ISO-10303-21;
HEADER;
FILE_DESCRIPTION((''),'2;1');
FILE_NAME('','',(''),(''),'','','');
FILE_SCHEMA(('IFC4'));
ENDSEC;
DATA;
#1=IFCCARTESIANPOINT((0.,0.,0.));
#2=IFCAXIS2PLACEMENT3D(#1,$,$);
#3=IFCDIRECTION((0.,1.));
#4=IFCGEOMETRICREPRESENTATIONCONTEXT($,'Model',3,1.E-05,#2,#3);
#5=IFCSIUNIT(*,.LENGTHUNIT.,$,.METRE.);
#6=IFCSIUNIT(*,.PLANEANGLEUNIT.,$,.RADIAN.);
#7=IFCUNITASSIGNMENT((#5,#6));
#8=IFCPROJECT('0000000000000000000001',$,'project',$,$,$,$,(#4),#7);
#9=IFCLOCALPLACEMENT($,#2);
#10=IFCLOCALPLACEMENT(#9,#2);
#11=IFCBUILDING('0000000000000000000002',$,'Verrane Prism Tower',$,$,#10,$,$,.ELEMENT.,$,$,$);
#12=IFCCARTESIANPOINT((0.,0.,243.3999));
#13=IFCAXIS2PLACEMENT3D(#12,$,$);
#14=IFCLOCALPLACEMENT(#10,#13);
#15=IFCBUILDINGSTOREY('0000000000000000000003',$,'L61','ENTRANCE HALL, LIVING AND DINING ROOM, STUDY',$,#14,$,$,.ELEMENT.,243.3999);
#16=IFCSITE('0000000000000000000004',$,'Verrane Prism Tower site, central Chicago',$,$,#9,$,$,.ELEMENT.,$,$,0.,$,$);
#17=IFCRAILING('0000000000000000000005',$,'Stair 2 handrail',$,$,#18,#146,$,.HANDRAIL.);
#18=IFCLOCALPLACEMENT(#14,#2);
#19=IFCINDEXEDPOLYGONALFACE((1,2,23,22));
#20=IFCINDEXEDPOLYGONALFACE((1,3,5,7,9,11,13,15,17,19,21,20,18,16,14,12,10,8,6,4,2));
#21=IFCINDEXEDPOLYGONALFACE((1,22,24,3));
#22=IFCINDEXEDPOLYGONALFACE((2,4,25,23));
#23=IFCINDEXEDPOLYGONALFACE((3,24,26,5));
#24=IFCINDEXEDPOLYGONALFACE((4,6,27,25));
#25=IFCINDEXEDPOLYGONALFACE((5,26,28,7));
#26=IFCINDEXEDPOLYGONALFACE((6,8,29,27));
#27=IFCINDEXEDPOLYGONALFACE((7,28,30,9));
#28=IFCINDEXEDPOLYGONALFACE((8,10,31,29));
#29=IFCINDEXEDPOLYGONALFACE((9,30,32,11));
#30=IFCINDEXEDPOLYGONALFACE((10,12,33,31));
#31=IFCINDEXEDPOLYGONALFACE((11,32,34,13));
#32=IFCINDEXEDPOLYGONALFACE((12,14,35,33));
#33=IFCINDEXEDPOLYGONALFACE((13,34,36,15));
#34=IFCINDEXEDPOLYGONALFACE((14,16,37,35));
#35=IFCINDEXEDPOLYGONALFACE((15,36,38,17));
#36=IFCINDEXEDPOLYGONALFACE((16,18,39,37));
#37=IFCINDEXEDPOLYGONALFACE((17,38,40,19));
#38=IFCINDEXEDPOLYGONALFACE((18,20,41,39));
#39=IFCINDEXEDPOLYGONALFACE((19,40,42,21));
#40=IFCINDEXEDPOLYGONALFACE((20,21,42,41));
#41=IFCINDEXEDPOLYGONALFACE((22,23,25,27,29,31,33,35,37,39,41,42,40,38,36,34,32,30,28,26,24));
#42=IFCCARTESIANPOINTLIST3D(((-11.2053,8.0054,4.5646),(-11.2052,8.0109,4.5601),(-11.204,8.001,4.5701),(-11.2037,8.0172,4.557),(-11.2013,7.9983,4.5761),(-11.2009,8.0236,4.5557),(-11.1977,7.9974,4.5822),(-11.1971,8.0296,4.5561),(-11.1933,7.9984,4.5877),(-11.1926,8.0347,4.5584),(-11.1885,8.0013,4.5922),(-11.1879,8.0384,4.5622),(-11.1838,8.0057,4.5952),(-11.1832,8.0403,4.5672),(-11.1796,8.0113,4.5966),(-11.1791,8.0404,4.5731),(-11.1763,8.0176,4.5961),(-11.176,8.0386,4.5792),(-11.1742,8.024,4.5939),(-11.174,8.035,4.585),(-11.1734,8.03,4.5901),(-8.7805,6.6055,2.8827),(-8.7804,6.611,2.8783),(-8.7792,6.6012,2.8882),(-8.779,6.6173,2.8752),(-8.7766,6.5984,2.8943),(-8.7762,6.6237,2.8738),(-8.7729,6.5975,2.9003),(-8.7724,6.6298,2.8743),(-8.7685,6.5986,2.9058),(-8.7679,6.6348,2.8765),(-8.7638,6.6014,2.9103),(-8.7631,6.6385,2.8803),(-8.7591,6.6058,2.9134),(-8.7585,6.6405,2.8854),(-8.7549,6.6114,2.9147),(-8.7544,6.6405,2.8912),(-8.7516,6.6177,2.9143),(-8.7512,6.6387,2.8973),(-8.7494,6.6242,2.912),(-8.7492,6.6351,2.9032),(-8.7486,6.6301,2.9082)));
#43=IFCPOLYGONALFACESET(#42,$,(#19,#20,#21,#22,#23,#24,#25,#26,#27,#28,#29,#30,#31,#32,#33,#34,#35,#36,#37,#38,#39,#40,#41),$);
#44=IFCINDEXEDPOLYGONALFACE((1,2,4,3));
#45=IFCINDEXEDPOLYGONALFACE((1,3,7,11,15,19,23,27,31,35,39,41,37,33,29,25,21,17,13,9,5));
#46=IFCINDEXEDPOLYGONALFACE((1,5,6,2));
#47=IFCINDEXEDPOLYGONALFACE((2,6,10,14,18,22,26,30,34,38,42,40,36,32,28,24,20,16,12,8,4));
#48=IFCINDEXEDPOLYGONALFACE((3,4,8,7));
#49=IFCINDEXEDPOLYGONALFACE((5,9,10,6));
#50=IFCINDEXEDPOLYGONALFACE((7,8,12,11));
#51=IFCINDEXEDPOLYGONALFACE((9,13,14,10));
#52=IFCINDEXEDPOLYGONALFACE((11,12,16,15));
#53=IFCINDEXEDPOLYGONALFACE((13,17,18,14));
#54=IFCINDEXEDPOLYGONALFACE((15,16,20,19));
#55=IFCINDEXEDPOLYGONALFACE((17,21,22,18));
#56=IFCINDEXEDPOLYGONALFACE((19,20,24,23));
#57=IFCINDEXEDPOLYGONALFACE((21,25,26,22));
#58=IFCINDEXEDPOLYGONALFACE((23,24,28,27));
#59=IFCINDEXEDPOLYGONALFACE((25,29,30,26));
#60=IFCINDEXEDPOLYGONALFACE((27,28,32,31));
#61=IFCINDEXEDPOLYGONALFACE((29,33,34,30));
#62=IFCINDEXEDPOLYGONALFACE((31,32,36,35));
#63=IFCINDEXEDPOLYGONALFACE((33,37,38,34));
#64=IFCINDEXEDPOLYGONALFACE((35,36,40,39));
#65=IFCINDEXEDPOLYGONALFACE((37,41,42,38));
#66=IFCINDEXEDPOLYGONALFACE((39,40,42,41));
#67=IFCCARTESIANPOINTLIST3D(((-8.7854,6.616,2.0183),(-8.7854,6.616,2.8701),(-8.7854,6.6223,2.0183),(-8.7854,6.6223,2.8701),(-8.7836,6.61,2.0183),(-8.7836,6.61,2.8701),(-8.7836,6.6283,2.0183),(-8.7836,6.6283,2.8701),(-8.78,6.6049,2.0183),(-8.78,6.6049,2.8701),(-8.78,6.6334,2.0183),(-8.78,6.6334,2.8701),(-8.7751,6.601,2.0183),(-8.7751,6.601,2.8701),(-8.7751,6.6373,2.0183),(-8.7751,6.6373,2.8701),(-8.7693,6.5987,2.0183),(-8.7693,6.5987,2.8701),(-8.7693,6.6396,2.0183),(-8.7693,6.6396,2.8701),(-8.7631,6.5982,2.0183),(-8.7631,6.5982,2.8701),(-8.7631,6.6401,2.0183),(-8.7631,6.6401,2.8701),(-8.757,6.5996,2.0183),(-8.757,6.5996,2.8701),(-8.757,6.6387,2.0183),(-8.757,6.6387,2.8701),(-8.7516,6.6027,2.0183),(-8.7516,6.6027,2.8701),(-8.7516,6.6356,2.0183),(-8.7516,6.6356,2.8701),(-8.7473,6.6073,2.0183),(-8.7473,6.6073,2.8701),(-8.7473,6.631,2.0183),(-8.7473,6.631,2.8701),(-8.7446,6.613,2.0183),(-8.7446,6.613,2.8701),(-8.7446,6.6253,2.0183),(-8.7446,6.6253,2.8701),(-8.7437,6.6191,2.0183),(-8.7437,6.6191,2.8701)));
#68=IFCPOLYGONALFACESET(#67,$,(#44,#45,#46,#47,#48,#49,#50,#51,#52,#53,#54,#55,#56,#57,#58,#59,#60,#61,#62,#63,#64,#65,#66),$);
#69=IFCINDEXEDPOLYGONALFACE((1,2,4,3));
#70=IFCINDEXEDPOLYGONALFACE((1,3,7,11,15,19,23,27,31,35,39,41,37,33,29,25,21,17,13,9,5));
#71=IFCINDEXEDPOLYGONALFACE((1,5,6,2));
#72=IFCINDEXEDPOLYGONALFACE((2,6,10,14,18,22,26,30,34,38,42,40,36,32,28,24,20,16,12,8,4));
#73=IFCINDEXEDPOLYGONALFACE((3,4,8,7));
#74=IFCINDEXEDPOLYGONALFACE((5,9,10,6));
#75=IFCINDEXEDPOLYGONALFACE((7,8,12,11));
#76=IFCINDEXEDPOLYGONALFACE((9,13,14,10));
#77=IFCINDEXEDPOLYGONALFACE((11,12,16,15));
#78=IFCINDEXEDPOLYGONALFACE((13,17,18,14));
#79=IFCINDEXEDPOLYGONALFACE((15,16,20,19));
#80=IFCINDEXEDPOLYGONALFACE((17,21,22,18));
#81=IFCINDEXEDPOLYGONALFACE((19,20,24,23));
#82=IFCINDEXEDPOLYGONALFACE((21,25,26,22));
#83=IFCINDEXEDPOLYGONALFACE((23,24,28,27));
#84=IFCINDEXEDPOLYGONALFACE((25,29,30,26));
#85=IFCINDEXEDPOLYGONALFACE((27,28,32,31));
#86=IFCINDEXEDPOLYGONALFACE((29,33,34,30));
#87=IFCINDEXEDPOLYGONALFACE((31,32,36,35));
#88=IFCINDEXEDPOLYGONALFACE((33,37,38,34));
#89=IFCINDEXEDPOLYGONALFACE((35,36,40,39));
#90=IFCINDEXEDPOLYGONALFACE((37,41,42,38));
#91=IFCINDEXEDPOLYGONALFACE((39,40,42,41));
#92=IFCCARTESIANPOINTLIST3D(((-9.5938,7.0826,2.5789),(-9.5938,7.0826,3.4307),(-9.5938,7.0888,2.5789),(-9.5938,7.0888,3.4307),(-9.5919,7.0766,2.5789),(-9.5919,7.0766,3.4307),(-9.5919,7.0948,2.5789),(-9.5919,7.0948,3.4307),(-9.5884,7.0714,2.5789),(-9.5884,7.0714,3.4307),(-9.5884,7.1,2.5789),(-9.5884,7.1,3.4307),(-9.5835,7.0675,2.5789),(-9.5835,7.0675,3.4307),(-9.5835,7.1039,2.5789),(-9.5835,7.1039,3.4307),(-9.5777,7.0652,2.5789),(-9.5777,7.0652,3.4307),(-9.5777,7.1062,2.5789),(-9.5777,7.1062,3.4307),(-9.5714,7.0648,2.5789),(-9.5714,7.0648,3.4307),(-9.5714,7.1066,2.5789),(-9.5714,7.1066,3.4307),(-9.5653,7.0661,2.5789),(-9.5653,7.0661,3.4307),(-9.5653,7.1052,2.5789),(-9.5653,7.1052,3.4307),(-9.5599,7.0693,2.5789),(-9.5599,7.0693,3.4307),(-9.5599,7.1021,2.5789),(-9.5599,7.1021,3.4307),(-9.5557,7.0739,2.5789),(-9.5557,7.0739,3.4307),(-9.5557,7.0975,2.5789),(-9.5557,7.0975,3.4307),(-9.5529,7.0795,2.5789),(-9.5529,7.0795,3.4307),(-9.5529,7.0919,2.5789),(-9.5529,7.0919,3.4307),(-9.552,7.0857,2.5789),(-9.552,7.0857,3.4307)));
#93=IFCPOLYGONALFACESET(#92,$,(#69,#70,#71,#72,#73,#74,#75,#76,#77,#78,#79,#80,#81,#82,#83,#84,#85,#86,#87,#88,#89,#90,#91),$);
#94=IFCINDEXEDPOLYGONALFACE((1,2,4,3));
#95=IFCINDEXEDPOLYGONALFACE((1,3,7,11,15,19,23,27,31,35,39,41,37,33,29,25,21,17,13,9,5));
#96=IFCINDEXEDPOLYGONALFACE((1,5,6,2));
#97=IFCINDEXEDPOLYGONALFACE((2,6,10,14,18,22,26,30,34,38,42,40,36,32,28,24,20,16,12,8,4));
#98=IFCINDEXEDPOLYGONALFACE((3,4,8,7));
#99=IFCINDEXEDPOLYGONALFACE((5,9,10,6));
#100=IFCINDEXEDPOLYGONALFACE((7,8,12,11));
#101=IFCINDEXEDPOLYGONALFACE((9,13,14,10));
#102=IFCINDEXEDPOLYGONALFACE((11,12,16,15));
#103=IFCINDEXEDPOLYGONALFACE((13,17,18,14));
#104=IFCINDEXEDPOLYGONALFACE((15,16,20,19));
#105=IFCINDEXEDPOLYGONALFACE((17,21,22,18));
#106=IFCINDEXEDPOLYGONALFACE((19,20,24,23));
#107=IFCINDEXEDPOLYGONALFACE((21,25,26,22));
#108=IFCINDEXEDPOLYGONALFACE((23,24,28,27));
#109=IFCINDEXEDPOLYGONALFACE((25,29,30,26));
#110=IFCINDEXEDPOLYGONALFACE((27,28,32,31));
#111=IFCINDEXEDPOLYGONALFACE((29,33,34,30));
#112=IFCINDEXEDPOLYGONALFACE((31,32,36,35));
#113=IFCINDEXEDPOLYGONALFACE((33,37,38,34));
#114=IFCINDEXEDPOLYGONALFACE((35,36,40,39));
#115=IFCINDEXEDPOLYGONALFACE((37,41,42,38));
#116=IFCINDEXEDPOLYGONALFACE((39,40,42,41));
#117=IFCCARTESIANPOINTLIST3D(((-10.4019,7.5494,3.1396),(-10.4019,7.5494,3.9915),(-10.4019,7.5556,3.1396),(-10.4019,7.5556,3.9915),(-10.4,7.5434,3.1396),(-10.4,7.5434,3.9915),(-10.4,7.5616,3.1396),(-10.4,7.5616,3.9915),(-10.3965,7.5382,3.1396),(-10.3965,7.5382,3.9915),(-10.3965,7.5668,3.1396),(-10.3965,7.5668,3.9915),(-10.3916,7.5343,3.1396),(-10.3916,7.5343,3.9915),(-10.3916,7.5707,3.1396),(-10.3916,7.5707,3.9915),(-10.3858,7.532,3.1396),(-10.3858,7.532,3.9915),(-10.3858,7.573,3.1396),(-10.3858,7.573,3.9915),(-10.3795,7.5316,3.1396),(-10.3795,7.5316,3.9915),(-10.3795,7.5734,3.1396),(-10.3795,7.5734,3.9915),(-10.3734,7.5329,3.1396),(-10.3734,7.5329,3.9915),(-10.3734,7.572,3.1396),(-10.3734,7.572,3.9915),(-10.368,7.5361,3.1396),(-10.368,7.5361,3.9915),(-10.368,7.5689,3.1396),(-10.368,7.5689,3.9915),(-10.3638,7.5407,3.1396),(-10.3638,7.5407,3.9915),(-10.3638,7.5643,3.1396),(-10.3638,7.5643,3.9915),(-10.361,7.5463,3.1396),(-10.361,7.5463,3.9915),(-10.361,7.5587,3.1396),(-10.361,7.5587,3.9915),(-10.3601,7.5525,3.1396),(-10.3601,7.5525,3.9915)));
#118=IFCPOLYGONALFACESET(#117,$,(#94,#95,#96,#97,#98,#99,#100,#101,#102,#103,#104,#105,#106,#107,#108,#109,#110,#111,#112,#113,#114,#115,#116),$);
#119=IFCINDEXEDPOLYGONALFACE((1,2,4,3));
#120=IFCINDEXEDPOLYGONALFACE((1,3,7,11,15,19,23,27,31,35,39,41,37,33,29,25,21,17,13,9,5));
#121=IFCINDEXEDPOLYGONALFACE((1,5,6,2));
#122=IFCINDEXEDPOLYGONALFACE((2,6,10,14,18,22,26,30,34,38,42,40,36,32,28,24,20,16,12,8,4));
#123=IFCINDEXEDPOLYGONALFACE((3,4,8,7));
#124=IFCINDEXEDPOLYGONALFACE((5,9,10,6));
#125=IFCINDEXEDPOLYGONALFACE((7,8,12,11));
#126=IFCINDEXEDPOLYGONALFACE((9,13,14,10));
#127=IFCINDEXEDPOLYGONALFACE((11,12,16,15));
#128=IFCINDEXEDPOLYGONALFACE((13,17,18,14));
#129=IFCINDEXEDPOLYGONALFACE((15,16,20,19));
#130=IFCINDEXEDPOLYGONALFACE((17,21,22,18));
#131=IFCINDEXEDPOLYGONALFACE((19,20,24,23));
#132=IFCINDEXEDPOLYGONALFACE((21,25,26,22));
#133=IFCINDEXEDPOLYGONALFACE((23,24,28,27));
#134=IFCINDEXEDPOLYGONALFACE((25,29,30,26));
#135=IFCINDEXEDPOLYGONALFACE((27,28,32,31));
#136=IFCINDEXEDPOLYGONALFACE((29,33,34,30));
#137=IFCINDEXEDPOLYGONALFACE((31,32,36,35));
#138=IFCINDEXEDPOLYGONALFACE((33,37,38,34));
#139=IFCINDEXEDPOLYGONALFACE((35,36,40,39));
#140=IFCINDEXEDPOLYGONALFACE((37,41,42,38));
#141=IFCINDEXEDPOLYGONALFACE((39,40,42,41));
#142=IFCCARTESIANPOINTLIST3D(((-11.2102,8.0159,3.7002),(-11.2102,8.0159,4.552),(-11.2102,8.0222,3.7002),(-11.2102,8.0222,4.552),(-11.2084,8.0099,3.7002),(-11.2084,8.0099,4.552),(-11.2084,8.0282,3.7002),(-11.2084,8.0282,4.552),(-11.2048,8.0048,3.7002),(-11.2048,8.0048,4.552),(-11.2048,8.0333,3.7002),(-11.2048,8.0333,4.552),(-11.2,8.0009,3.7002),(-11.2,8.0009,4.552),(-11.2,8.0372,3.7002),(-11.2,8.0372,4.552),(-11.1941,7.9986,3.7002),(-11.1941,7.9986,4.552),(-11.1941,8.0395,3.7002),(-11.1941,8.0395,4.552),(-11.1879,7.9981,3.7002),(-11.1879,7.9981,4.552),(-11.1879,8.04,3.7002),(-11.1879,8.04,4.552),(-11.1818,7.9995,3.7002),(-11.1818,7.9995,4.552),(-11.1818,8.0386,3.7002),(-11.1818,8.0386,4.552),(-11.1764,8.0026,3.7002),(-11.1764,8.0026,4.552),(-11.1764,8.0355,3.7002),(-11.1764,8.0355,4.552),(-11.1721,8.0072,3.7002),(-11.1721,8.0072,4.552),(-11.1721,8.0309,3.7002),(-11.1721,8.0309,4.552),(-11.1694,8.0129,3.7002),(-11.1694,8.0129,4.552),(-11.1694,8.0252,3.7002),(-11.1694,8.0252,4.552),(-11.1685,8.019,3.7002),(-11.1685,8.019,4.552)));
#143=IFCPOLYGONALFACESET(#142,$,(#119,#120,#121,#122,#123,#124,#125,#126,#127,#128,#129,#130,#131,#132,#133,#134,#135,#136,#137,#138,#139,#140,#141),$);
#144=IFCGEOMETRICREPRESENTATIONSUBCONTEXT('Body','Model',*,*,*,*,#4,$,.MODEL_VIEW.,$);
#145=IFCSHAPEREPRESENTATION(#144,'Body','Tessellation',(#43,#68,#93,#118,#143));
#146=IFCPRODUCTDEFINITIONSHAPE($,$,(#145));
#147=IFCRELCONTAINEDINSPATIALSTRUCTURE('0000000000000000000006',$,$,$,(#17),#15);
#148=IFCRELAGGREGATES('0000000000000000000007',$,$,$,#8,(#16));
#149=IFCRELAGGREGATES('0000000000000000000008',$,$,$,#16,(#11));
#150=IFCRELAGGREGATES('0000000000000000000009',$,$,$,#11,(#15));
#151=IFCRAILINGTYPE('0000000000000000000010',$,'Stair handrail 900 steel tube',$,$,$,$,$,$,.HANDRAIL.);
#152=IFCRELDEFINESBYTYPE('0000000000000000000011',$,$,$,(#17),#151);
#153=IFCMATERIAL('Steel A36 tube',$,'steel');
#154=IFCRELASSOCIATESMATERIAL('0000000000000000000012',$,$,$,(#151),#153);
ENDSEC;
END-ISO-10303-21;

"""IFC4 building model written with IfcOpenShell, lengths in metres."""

from ifc_helpers import new_model, si_unit, direction, frame, origin, origin_2d, place, context, subcontext, project, spatial, circle, extrude, material, type_object, element, save


model = new_model("IFC4")

# Units and contexts
model_context = context("Model", 3, precision=1e-05, world=origin(), true_north=direction((0.0, 1.0)))
body_context = subcontext(model_context, "Body", "Model", "MODEL_VIEW")
ifc_project = project(units=[si_unit("LENGTHUNIT", "METRE"), si_unit("PLANEANGLEUNIT", "RADIAN")], contexts=[model_context])

# Site, building, storey
site_placement = place(None, origin())
site = spatial("IfcSite", under=ifc_project, at=site_placement, Name="Verrane Prism Tower site, central Chicago", CompositionType="ELEMENT", RefElevation=0.0)
building_placement = place(site_placement, origin())
building = spatial("IfcBuilding", under=site, at=building_placement, Name="Verrane Prism Tower", CompositionType="ELEMENT")
storey_placement = place(building_placement, frame((0.0, 0.0, 243.3999)))
storey = spatial("IfcBuildingStorey", under=building, at=storey_placement, Name="L61", Description="ENTRANCE HALL, LIVING AND DINING ROOM, STUDY", CompositionType="ELEMENT", Elevation=243.3999)

# Railing
ifc_material_1 = material(Name="Steel A36 tube", Category="steel")
railing_type_1 = type_object("IfcRailingType", Name="Stair handrail 900 steel tube", PredefinedType="HANDRAIL", material=ifc_material_1)
railing_1_placement = place(storey_placement, frame((-8.7646, 6.6191, 2.0183)))
element("IfcRailing", 1, at=railing_1_placement, inside=storey, type_object=railing_type_1, Name="Stair 2 handrail", PredefinedType="HANDRAIL", context=body_context, shape_type="SweptSolid", body=[
    extrude(circle(Radius=0.0239, at=origin_2d()), frame((0.0, 0.0, 0.876), z_axis=(-0.74239, 0.428601, 0.514934), x_axis=(-0.499984, -0.866035, 0.0)), (0.0, 0.0, 1.0), 3.2661),
    extrude(circle(Radius=0.021, at=origin_2d()), origin(), (0.0, 0.0, 1.0), 0.8518),
    extrude(circle(Radius=0.021, at=origin_2d()), frame((-0.8083, 0.4666, 0.5605)), (0.0, 0.0, 1.0), 0.8518),
    extrude(circle(Radius=0.021, at=origin_2d()), frame((-1.6165, 0.9333, 1.1213)), (0.0, 0.0, 1.0), 0.8518),
    extrude(circle(Radius=0.021, at=origin_2d()), frame((-2.4248, 1.3999, 1.6819)), (0.0, 0.0, 1.0), 0.8518),
])

save(model, "model.ifc")
